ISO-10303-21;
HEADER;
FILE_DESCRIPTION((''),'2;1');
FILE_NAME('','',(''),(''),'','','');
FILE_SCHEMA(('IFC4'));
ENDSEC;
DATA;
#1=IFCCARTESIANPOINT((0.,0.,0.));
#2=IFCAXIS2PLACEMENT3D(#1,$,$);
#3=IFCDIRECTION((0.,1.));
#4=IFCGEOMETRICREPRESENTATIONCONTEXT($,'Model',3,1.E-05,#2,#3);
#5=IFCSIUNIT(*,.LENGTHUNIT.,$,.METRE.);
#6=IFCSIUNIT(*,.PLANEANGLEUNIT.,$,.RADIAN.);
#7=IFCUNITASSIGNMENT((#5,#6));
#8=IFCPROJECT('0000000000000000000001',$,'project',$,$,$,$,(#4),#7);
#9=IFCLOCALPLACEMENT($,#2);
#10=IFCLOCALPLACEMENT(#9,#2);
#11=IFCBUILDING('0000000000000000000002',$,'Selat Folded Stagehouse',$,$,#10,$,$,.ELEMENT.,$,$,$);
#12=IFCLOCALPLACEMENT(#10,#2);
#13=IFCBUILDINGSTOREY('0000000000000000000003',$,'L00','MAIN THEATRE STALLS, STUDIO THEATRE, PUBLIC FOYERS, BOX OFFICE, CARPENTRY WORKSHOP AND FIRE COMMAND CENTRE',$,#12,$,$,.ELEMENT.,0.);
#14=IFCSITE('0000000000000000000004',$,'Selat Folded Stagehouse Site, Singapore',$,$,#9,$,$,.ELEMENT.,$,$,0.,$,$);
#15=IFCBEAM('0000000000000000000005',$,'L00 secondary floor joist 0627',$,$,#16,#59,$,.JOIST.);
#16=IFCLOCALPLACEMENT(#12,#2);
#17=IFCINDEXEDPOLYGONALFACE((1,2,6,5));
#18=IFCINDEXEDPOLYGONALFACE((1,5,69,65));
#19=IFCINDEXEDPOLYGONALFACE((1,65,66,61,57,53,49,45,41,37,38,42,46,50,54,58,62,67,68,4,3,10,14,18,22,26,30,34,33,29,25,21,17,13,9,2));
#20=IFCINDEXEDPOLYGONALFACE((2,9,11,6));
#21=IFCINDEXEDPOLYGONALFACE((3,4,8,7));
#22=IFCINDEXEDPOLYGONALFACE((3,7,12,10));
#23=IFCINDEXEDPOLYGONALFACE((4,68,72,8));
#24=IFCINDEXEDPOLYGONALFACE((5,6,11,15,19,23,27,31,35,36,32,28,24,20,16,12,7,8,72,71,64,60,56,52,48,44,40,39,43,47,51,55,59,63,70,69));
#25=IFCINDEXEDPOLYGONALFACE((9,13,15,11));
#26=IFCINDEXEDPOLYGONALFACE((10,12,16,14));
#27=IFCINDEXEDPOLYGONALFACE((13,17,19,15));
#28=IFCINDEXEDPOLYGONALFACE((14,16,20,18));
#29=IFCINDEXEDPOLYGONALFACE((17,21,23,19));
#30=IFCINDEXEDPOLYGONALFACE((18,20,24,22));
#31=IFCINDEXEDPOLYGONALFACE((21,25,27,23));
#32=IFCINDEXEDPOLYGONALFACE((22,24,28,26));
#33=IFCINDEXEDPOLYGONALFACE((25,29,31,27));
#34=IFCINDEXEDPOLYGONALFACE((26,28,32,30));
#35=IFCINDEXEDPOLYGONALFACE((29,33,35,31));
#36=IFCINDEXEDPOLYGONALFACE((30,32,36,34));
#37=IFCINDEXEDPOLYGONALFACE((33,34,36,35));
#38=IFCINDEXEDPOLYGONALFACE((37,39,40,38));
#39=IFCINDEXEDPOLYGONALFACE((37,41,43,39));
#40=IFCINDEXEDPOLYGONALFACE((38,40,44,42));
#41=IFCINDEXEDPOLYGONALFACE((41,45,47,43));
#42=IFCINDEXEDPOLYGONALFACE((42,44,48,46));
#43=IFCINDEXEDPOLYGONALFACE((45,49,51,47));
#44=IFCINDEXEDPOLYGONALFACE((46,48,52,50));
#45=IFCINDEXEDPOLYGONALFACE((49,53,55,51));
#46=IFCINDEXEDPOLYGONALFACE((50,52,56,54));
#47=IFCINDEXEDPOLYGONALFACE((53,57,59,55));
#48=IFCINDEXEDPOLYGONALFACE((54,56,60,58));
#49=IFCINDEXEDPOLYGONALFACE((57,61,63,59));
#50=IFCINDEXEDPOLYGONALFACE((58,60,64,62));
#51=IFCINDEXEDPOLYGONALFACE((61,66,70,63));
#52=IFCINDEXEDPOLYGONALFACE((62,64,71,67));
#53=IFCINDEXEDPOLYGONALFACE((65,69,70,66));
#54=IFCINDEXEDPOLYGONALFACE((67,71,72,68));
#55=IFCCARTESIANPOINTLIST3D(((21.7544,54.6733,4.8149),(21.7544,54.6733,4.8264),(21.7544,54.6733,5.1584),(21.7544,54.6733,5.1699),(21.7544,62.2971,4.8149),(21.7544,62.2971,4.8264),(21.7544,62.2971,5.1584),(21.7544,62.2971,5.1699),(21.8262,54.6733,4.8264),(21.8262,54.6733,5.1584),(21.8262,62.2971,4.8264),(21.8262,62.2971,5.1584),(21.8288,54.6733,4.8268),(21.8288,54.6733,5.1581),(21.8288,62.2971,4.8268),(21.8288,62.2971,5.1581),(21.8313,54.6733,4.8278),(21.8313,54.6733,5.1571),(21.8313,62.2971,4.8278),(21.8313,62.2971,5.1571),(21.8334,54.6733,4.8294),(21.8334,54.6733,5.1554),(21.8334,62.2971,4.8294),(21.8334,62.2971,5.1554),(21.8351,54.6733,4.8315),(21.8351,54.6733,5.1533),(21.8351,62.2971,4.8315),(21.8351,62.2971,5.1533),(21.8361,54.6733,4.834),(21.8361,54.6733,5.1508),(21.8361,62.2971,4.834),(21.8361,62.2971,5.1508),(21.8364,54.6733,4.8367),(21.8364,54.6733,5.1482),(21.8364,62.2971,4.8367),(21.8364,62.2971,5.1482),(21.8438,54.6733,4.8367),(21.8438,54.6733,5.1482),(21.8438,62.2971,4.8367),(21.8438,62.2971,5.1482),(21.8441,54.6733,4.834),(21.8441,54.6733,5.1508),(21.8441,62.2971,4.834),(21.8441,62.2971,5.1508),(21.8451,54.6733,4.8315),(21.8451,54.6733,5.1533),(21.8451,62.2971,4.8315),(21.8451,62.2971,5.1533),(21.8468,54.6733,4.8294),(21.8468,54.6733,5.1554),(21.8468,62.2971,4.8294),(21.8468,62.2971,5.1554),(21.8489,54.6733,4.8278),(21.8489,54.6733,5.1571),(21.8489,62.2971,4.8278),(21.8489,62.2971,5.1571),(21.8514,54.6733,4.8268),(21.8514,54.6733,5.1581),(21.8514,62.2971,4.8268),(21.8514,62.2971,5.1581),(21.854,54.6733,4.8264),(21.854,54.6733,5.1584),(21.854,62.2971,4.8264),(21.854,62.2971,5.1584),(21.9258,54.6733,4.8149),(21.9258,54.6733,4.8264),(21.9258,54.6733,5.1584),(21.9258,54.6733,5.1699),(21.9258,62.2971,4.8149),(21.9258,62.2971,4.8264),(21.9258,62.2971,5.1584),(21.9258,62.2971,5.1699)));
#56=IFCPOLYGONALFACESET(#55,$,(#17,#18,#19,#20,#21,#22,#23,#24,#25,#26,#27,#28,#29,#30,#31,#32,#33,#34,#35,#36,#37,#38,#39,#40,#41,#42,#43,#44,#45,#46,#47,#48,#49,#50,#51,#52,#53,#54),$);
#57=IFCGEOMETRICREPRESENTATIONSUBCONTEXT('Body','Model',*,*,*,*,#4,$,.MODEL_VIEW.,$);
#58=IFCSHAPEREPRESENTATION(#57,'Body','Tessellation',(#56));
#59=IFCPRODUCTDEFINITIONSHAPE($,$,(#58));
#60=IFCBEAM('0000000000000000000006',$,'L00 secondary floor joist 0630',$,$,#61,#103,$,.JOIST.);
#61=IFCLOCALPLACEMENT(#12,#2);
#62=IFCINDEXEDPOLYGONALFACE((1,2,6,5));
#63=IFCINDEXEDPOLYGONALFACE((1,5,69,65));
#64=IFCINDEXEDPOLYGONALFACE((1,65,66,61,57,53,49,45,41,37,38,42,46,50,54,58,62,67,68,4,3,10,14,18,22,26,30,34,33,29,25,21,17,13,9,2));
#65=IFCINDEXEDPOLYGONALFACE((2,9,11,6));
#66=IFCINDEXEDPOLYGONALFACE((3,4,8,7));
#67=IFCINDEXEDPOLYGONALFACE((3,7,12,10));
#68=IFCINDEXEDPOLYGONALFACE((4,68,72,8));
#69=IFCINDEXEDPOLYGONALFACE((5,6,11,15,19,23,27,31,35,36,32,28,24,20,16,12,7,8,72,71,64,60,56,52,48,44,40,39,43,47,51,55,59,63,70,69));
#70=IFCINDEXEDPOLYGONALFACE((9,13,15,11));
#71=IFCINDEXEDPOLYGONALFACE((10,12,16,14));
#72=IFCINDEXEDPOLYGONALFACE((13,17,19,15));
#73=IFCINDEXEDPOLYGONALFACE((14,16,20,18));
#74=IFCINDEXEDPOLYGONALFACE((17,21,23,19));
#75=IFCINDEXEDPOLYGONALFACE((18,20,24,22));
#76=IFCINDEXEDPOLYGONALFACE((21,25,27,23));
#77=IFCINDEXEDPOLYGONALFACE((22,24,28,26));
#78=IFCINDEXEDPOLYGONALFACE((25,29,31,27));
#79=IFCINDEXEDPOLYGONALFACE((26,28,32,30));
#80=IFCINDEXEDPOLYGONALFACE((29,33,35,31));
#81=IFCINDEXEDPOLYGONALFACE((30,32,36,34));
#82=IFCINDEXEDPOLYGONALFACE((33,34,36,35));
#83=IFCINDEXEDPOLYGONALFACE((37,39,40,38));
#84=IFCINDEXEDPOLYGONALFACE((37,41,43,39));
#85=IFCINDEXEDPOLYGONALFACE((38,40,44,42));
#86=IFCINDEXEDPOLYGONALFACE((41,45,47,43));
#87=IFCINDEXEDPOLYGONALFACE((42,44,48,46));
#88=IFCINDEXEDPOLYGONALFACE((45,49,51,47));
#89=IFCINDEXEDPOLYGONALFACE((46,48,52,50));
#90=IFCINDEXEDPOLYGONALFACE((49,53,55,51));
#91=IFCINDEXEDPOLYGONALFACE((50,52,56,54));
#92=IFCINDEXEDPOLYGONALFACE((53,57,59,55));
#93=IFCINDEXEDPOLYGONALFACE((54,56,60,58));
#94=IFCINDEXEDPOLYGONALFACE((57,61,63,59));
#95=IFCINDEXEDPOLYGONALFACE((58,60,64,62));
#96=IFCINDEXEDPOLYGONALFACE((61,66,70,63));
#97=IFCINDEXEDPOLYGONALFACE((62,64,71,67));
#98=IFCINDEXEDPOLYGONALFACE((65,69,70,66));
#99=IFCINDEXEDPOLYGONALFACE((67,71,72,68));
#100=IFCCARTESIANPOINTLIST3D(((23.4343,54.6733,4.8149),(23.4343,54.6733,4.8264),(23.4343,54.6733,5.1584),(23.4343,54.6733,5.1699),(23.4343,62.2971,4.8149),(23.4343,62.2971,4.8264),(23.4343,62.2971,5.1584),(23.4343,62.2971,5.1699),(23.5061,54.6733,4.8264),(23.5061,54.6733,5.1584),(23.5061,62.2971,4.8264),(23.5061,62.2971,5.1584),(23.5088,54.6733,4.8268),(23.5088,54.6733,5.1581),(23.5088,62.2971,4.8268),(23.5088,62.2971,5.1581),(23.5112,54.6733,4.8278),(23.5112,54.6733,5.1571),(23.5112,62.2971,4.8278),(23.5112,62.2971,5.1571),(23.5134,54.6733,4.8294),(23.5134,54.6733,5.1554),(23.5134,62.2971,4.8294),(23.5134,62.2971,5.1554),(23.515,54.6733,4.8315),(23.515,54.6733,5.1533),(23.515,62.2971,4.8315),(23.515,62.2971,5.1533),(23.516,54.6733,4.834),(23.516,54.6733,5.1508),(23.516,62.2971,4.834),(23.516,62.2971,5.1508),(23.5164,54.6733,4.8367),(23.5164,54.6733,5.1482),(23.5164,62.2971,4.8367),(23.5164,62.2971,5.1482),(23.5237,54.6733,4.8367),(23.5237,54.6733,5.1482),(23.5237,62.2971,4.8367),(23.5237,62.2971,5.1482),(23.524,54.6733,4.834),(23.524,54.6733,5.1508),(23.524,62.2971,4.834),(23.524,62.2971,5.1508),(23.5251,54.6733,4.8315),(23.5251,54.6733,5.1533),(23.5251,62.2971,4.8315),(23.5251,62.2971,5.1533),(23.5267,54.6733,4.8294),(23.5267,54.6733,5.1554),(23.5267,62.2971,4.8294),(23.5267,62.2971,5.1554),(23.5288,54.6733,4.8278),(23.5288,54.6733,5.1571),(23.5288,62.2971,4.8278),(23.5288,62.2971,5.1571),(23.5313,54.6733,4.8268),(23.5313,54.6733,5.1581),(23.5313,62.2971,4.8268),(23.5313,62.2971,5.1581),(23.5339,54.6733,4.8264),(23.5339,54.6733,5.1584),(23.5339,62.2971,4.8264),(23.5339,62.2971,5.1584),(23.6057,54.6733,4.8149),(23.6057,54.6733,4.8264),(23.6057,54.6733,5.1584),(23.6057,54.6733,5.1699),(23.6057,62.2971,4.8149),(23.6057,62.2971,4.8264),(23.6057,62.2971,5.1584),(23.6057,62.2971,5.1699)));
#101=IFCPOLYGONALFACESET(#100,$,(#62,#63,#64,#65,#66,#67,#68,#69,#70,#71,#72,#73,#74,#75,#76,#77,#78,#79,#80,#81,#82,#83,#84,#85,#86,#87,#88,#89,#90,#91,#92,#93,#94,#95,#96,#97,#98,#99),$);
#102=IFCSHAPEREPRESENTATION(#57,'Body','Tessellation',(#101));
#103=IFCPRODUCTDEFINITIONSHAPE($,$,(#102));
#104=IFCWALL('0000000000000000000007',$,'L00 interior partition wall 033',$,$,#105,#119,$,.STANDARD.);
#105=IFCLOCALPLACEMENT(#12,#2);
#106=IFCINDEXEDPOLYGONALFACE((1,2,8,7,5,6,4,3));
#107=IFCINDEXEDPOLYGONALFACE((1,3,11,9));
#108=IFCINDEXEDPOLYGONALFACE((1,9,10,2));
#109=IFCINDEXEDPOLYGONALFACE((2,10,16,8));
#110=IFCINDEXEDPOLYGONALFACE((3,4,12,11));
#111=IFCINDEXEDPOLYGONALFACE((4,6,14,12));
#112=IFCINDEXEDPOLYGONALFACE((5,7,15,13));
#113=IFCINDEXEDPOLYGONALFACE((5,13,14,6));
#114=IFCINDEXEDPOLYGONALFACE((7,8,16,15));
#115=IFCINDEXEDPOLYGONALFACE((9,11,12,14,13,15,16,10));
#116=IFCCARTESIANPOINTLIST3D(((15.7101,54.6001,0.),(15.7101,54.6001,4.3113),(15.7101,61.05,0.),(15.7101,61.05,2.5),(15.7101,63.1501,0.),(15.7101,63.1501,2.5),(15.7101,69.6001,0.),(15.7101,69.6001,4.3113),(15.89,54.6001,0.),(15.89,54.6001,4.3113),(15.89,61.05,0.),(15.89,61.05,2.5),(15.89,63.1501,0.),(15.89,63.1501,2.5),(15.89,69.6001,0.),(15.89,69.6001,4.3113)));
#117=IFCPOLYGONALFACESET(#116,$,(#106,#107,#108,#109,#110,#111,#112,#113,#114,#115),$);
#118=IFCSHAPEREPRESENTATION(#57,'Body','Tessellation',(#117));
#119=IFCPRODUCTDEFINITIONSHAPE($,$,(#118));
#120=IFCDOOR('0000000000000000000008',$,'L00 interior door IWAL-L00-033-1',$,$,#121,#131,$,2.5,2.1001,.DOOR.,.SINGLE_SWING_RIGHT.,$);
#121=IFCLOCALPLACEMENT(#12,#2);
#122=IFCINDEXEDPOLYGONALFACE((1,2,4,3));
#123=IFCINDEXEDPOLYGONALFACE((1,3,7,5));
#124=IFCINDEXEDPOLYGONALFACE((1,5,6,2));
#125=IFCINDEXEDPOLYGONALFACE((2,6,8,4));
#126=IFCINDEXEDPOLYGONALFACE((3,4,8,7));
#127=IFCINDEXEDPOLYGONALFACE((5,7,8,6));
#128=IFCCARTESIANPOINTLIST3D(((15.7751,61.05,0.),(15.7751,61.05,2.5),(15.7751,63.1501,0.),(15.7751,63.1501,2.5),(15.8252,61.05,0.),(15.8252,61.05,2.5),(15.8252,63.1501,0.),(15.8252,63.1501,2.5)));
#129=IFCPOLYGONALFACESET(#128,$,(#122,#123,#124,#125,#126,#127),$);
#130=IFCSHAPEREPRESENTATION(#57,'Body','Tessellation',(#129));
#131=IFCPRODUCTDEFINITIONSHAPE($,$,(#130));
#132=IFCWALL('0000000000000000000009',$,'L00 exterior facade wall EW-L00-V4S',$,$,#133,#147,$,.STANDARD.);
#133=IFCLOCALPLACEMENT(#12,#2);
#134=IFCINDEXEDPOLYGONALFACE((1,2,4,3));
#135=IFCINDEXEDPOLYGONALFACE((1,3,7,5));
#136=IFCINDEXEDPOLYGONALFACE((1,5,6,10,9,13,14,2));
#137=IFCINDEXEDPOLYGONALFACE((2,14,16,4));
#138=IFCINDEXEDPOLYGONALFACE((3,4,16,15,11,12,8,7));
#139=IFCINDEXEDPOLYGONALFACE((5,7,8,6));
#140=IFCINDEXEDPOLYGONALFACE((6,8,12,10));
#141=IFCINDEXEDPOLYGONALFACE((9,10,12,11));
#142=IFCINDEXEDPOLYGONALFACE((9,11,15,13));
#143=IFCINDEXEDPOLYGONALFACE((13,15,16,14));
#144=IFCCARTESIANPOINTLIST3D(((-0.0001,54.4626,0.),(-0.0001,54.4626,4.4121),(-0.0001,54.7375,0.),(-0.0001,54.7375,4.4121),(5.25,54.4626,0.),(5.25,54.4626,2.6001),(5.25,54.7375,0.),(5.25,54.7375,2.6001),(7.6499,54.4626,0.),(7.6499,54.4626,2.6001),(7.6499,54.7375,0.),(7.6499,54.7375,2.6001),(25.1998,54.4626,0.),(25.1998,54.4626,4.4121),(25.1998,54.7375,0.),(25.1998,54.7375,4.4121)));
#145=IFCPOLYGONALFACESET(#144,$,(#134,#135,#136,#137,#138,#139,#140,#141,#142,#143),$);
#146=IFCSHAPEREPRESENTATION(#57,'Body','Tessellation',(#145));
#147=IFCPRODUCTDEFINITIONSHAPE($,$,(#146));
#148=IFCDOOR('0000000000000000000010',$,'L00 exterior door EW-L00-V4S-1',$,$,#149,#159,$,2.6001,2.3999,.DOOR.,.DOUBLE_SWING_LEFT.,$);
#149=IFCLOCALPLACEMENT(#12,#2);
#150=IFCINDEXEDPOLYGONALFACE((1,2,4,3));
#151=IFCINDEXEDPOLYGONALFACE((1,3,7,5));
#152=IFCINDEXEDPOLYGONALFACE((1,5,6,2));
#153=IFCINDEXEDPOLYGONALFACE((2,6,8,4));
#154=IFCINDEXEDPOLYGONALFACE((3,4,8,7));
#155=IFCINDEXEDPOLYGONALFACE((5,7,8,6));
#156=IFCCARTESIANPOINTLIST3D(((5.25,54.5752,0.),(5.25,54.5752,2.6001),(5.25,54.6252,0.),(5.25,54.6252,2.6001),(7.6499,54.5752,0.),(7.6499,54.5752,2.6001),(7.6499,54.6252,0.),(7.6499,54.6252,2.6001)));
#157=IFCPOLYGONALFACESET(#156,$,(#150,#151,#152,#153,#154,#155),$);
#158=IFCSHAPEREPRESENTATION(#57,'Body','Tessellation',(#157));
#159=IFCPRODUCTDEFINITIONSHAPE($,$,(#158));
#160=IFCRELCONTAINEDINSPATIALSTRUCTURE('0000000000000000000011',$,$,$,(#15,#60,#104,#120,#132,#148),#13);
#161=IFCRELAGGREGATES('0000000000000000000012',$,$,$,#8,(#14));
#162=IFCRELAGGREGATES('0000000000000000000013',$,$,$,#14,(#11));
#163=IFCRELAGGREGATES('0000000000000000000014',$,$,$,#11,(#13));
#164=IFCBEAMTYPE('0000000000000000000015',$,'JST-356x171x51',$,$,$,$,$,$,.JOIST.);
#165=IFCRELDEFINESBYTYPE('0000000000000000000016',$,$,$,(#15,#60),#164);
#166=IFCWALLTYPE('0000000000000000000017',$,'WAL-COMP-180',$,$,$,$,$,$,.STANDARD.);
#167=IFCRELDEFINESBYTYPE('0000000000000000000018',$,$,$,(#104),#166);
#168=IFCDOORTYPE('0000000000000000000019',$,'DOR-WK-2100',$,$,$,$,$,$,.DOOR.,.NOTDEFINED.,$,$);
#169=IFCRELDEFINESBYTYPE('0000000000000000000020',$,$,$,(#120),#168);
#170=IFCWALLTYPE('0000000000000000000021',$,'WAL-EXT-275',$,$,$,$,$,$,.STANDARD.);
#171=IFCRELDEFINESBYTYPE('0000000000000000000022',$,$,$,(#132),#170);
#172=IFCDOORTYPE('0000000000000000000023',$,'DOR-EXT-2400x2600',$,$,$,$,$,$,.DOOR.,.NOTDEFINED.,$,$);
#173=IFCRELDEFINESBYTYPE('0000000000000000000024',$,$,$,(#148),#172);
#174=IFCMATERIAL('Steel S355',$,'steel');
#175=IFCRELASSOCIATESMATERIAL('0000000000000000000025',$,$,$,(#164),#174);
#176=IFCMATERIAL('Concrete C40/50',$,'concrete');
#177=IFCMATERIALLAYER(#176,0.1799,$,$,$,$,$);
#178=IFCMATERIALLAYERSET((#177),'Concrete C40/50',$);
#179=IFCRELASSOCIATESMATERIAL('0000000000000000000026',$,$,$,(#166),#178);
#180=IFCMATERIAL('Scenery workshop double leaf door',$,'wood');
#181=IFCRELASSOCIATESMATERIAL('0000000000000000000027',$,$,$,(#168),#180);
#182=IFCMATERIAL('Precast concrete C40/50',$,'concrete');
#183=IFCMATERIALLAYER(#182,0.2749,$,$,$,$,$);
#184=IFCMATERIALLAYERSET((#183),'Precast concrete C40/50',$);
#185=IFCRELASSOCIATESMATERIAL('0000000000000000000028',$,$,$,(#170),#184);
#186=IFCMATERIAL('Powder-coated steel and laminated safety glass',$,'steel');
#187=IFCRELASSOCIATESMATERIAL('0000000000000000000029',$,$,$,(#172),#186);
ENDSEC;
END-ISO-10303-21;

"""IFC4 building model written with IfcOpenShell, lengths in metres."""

from ifc_helpers import new_model, si_unit, direction, frame, frame_2d, origin, origin_2d, place, context, subcontext, project, spatial, rectangle, i_section, extrude, material, layer, layer_set, material_profile, profile_set, type_object, element, fill, save


model = new_model("IFC4")

# Units and contexts
model_context = context("Model", 3, precision=1e-05, world=origin(), true_north=direction((0.0, 1.0)))
body_context = subcontext(model_context, "Body", "Model", "MODEL_VIEW")
ifc_project = project(units=[si_unit("LENGTHUNIT", "METRE"), si_unit("PLANEANGLEUNIT", "RADIAN")], contexts=[model_context])

# Site, building, storey
site_placement = place(None, origin())
site = spatial("IfcSite", under=ifc_project, at=site_placement, Name="Selat Folded Stagehouse Site, Singapore", CompositionType="ELEMENT", RefElevation=0.0)
building_placement = place(site_placement, origin())
building = spatial("IfcBuilding", under=site, at=building_placement, Name="Selat Folded Stagehouse", CompositionType="ELEMENT")
storey_placement = place(building_placement, origin())
storey = spatial("IfcBuildingStorey", under=building, at=storey_placement, Name="L00", Description="MAIN THEATRE STALLS, STUDIO THEATRE, PUBLIC FOYERS, BOX OFFICE, CARPENTRY WORKSHOP AND FIRE COMMAND CENTRE", CompositionType="ELEMENT", Elevation=0.0)

# Shared definitions
ifc_material_1 = material(Name="Concrete C40/50", Category="concrete")

# Shared definitions
ifc_material_2 = material(Name="Steel S355", Category="steel")

# Beams
ifc_material_profile_1 = material_profile(ifc_material_2, i_section(OverallWidth=0.1714, OverallDepth=0.355, WebThickness=0.0073, FlangeThickness=0.0115, FilletRadius=0.0103, at=origin_2d()), Name="UKB 356x171x51")
ifc_profile_set_1 = profile_set([ifc_material_profile_1], Name="Steel S355")
beam_type_1 = type_object("IfcBeamType", Name="JST-356x171x51", PredefinedType="JOIST", material=ifc_profile_set_1)
for number, where, z_axis, x_axis, name in (
    (1, (21.8401, 54.6733, 4.9924), (0.0, 1.0, 0.0), (-1.0, 0.0, 0.0), "L00 secondary floor joist 0627"),
    (2, (23.52, 54.6733, 4.9924), (0.0, 1.0, 0.0), (-1.0, 0.0, 0.0), "L00 secondary floor joist 0630"),
):
    element("IfcBeam", number, at=place(storey_placement, frame(where, z_axis=z_axis, x_axis=x_axis)), inside=storey, type_object=beam_type_1, Name=name, PredefinedType="JOIST", context=body_context, shape_type="SweptSolid", body=[
        extrude(i_section(OverallWidth=0.1714, OverallDepth=0.355, WebThickness=0.0073, FlangeThickness=0.0115, FilletRadius=0.0103, at=origin_2d()), origin(), (0.0, 0.0, 1.0), 7.6238),
    ])

# Walls, openings, doors
ifc_layer_1 = layer(ifc_material_1, 0.1799)
ifc_layer_set_1 = layer_set([ifc_layer_1], Name="Concrete C40/50")
wall_type_1 = type_object("IfcWallType", Name="WAL-COMP-180", PredefinedType="STANDARD", material=ifc_layer_set_1)
wall_1_placement = place(storey_placement, frame((15.8, 54.6001, 0.0), z_axis=(0.0, 0.0, 1.0), x_axis=(0.0, 1.0, 0.0)))
wall_1 = element("IfcWall", 3, at=wall_1_placement, inside=storey, type_object=wall_type_1, Name="L00 interior partition wall 033", PredefinedType="STANDARD", context=body_context, shape_type="SweptSolid", body=[
    extrude(rectangle(XDim=15.0, YDim=0.1799, at=frame_2d((7.5, 0.0))), origin(), (0.0, 0.0, 1.0), 4.3113),
])
opening_1_placement = place(wall_1_placement, frame((6.45, 0.0, 0.0)))
opening_1 = element("IfcOpeningElement", 4, at=opening_1_placement, cuts=wall_1, PredefinedType="OPENING", context=body_context, shape_type="SweptSolid", body=[
    extrude(rectangle(XDim=2.1001, YDim=2.5, at=frame_2d((1.05, 1.25))), frame((0.0, 0.0999, 0.0), z_axis=(0.0, -1.0, 0.0), x_axis=(1.0, 0.0, 0.0)), (0.0, 0.0, 1.0), 0.2),
])
ifc_material_3 = material(Name="Scenery workshop double leaf door", Category="wood")
door_type_1 = type_object("IfcDoorType", Name="DOR-WK-2100", OperationType="NOTDEFINED", PredefinedType="DOOR", material=ifc_material_3)
door_1_placement = place(opening_1_placement, origin())
door_1 = element("IfcDoor", 5, at=door_1_placement, inside=storey, type_object=door_type_1, Name="L00 interior door IWAL-L00-033-1", OperationType="SINGLE_SWING_RIGHT", OverallHeight=2.5, OverallWidth=2.1001, PredefinedType="DOOR", context=body_context, shape_type="SweptSolid", body=[
    extrude(rectangle(XDim=2.1001, YDim=2.5, at=frame_2d((1.05, 1.25))), frame((0.0, 0.0249, 0.0), z_axis=(0.0, -1.0, 0.0), x_axis=(1.0, 0.0, 0.0)), (0.0, 0.0, 1.0), 0.05),
])
fill(opening_1, door_1)
ifc_material_4 = material(Name="Precast concrete C40/50", Category="concrete")
ifc_layer_2 = layer(ifc_material_4, 0.2749)
ifc_layer_set_2 = layer_set([ifc_layer_2], Name="Precast concrete C40/50")
wall_type_2 = type_object("IfcWallType", Name="WAL-EXT-275", PredefinedType="STANDARD", material=ifc_layer_set_2)
wall_2_placement = place(storey_placement, frame((25.2, 54.6001, 0.0), z_axis=(0.0, 0.0, 1.0), x_axis=(-1.0, 0.0, 0.0)))
wall_2 = element("IfcWall", 6, at=wall_2_placement, inside=storey, type_object=wall_type_2, Name="L00 exterior facade wall EW-L00-V4S", PredefinedType="STANDARD", context=body_context, shape_type="SweptSolid", body=[
    extrude(rectangle(XDim=25.2, YDim=0.2749, at=frame_2d((12.6001, 0.0))), origin(), (0.0, 0.0, 1.0), 4.4121),
])
opening_2_placement = place(wall_2_placement, frame((17.55, 0.0, 0.0)))
opening_2 = element("IfcOpeningElement", 7, at=opening_2_placement, cuts=wall_2, PredefinedType="OPENING", context=body_context, shape_type="SweptSolid", body=[
    extrude(rectangle(XDim=2.3999, YDim=2.6001, at=frame_2d((1.2, 1.3))), frame((0.0, 0.1475, 0.0), z_axis=(0.0, -1.0, 0.0), x_axis=(1.0, 0.0, 0.0)), (0.0, 0.0, 1.0), 0.2949),
])
ifc_material_5 = material(Name="Powder-coated steel and laminated safety glass", Category="steel")
door_type_2 = type_object("IfcDoorType", Name="DOR-EXT-2400x2600", OperationType="NOTDEFINED", PredefinedType="DOOR", material=ifc_material_5)
door_2_placement = place(opening_2_placement, origin())
door_2 = element("IfcDoor", 8, at=door_2_placement, inside=storey, type_object=door_type_2, Name="L00 exterior door EW-L00-V4S-1", OperationType="DOUBLE_SWING_LEFT", OverallHeight=2.6001, OverallWidth=2.3999, PredefinedType="DOOR", context=body_context, shape_type="SweptSolid", body=[
    extrude(rectangle(XDim=2.3999, YDim=2.6001, at=frame_2d((1.2, 1.3))), frame((0.0, 0.0249, 0.0), z_axis=(0.0, -1.0, 0.0), x_axis=(1.0, 0.0, 0.0)), (0.0, 0.0, 1.0), 0.05),
])
fill(opening_2, door_2)

save(model, "model.ifc")
